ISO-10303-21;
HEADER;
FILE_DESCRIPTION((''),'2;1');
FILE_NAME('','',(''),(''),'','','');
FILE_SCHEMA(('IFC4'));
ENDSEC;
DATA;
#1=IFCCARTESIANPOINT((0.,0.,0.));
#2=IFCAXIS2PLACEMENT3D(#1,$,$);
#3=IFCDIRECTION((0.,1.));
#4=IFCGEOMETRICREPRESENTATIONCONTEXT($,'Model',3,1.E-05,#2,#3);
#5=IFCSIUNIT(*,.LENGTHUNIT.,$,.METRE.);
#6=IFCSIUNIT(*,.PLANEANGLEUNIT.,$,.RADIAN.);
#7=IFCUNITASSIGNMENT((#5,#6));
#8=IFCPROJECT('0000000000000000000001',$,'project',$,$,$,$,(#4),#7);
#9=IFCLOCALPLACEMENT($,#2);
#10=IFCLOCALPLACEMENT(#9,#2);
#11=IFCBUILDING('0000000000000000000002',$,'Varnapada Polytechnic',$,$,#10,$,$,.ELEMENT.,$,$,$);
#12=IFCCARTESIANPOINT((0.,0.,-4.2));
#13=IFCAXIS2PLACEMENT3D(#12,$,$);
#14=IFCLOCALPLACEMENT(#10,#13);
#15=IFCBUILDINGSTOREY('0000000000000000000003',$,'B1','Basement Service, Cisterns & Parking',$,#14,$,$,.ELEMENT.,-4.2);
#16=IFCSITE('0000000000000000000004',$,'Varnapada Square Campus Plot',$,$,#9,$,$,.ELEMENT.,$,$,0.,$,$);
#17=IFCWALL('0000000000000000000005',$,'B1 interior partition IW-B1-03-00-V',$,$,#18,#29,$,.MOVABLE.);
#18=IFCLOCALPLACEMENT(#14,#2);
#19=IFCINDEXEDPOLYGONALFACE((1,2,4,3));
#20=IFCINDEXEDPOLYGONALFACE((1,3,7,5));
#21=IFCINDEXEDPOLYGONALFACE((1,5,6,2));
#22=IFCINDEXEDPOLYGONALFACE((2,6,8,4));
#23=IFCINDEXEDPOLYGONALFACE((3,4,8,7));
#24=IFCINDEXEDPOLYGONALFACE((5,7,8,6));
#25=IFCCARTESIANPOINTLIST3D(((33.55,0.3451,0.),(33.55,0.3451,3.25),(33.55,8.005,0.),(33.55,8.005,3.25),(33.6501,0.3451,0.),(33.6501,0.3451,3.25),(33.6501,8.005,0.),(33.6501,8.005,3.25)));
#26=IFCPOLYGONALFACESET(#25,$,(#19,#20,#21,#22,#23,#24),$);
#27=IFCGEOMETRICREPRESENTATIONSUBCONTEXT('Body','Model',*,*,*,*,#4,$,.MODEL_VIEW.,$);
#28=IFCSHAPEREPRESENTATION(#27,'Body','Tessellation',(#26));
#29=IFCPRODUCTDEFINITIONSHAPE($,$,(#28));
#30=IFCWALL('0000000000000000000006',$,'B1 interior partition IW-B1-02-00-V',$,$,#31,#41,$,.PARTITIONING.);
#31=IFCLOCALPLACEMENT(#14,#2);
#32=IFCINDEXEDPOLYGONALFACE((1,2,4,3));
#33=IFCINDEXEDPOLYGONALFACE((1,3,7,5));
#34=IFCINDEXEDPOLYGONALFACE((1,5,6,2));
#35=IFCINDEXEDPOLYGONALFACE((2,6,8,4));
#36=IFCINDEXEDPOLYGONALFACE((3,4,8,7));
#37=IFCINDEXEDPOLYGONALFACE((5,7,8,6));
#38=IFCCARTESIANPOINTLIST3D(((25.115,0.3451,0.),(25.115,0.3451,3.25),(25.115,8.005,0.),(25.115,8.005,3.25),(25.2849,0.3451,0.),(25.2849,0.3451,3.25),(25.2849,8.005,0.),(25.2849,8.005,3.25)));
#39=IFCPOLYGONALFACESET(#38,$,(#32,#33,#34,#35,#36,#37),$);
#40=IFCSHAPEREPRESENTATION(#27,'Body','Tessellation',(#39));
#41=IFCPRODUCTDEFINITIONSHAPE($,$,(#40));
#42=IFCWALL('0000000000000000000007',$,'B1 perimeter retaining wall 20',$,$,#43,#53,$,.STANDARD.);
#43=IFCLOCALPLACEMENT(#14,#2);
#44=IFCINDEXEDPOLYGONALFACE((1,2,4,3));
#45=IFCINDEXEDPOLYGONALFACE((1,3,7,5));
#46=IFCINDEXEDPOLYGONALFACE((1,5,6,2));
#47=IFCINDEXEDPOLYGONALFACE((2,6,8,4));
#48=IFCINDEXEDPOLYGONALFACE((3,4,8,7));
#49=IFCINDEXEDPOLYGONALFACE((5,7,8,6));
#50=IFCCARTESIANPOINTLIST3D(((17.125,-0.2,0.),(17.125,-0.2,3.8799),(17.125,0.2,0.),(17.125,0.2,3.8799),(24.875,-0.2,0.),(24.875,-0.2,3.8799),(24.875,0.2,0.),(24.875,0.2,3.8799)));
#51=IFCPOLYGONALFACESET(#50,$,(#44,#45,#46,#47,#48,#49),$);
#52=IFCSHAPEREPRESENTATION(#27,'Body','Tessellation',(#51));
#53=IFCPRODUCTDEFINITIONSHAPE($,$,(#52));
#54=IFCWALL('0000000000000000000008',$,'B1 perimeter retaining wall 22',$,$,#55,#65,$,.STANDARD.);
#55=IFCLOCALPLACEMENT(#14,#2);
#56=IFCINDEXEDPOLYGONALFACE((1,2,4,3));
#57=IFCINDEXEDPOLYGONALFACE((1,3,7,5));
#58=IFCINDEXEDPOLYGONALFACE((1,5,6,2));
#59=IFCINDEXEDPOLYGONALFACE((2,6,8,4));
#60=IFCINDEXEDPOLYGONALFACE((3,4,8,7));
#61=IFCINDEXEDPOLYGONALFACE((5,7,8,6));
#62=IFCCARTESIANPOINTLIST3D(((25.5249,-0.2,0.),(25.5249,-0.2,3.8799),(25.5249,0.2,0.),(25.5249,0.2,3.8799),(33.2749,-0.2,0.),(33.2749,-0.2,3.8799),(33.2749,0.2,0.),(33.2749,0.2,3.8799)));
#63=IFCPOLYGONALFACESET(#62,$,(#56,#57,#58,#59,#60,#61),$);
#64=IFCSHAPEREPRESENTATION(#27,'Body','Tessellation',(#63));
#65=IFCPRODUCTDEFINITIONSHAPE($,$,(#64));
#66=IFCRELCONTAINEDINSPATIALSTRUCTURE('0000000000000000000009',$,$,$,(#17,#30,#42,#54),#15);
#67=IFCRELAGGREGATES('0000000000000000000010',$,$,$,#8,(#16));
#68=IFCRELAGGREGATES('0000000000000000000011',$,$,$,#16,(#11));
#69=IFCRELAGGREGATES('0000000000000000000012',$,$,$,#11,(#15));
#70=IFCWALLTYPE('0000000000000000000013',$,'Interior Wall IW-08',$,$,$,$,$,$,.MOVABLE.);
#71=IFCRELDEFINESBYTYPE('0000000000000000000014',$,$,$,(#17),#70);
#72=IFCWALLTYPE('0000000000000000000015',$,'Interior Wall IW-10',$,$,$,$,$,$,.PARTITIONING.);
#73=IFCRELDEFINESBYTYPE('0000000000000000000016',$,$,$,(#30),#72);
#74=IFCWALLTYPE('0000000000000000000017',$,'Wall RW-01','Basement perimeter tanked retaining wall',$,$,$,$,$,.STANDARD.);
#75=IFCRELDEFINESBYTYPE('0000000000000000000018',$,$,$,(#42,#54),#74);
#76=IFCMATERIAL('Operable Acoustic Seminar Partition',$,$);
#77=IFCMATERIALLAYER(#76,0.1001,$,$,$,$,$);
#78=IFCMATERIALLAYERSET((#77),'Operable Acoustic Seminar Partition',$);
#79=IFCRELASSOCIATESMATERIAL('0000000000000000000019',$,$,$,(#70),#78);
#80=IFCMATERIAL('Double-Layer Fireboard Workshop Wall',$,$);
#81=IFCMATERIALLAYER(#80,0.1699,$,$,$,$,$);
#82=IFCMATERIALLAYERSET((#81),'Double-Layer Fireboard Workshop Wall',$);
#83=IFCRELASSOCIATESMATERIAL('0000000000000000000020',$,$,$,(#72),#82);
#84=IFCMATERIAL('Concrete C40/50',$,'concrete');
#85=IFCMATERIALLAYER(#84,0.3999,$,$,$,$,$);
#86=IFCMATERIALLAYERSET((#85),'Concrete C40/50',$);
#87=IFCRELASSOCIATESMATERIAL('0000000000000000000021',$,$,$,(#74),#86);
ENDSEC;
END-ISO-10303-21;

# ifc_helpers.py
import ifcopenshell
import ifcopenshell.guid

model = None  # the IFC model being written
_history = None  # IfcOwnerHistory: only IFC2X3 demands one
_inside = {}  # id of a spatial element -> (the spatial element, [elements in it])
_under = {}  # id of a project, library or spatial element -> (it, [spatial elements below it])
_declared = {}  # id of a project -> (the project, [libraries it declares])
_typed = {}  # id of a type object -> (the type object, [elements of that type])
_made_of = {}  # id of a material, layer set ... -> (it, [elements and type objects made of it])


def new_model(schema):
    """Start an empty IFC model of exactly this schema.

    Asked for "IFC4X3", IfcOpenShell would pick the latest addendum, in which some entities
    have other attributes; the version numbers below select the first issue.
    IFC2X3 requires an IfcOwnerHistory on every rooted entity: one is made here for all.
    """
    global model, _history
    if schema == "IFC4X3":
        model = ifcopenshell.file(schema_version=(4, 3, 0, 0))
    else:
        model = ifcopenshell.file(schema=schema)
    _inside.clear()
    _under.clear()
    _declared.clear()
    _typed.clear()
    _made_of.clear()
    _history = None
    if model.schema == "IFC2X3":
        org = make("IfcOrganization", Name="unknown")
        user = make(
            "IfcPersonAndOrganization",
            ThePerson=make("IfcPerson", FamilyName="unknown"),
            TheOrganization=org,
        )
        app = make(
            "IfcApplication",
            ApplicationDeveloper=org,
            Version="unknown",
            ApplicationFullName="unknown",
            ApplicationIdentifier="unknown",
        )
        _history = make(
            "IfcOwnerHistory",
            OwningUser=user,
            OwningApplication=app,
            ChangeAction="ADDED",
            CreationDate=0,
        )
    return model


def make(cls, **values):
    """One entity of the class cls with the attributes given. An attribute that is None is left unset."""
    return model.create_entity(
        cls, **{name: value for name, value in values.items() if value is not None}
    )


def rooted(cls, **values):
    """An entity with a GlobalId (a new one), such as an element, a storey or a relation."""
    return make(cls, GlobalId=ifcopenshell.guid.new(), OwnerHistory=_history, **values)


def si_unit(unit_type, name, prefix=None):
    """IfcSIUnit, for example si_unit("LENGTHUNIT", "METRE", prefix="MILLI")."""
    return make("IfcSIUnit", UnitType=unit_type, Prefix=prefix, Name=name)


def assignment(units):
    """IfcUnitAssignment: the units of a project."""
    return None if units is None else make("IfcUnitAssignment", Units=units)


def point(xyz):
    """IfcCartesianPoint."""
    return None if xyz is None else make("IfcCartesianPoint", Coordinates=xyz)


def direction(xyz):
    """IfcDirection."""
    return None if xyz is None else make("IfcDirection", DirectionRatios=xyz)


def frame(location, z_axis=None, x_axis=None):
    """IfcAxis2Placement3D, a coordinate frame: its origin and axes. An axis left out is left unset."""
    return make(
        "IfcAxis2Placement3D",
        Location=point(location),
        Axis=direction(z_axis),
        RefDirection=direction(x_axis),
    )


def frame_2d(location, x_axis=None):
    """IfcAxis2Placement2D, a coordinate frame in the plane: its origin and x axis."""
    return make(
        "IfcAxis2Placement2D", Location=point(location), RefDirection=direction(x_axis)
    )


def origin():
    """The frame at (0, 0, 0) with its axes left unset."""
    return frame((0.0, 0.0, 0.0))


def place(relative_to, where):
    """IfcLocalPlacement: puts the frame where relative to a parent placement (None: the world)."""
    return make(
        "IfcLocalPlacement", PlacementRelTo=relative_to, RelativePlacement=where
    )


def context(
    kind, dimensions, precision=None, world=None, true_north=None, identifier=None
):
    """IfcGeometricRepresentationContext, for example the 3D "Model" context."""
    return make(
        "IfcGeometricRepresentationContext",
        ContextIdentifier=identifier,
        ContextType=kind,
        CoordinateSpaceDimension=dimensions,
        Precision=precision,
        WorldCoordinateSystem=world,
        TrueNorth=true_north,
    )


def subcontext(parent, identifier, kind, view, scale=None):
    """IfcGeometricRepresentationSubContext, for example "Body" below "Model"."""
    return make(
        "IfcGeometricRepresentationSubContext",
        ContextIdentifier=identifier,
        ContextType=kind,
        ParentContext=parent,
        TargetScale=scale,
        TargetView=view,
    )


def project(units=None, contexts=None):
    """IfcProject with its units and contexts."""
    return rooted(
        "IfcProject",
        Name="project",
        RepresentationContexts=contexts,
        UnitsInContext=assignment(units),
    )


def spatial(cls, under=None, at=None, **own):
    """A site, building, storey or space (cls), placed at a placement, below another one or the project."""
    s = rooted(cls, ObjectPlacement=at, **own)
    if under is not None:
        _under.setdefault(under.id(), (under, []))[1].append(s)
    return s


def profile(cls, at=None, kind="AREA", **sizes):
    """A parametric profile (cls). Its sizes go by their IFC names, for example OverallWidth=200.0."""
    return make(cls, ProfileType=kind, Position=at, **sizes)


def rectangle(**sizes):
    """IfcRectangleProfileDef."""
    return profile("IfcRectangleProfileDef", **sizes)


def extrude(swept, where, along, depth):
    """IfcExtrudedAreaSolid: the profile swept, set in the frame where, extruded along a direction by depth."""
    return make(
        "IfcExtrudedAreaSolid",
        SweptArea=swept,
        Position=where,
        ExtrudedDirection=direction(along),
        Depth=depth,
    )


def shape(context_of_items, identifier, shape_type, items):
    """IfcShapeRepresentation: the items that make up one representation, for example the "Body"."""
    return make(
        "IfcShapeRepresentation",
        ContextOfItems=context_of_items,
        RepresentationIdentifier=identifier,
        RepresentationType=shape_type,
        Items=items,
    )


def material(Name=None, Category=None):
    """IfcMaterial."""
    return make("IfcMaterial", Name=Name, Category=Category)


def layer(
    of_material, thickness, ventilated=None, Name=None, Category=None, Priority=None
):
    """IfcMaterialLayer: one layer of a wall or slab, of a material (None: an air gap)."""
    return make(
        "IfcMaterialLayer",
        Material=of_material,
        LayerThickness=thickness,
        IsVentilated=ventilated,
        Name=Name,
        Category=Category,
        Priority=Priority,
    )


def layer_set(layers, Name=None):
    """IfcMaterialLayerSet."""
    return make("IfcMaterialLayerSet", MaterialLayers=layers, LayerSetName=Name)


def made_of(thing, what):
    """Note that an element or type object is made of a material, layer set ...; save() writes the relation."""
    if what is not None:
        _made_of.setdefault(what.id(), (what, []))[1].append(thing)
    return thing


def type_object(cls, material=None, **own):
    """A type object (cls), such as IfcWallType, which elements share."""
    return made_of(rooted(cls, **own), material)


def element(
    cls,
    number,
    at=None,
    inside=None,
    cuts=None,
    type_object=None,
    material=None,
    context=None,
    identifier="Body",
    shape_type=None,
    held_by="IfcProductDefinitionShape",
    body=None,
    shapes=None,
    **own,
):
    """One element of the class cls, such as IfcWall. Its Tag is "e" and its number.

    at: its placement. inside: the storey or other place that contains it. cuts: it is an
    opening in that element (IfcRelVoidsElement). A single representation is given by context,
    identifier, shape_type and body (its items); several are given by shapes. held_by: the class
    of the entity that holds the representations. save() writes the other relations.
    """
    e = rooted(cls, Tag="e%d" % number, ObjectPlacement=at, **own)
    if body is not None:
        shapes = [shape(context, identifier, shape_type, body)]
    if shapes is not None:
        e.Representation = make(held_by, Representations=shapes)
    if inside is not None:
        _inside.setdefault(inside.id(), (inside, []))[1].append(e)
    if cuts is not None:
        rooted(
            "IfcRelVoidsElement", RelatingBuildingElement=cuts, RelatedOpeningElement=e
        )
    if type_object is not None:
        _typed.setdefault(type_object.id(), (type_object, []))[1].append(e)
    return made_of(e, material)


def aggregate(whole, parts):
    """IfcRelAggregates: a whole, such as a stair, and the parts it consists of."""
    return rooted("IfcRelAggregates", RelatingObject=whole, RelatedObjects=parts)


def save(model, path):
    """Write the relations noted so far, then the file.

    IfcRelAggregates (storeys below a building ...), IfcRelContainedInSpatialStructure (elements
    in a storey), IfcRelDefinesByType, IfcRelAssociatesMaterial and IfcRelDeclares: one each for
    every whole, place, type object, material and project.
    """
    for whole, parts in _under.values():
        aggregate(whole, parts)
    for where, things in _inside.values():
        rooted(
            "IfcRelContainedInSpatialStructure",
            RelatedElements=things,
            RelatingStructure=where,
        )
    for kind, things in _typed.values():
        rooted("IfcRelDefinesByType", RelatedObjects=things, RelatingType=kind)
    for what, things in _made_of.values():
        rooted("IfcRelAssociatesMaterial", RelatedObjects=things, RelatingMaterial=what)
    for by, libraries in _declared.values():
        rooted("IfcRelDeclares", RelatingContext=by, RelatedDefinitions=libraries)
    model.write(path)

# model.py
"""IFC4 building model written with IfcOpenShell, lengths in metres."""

from ifc_helpers import new_model, si_unit, direction, frame, frame_2d, origin, place, context, subcontext, project, spatial, rectangle, extrude, material, layer, layer_set, type_object, element, save


model = new_model("IFC4")

# Units and contexts
model_context = context("Model", 3, precision=1e-05, world=origin(), true_north=direction((0.0, 1.0)))
body_context = subcontext(model_context, "Body", "Model", "MODEL_VIEW")
ifc_project = project(units=[si_unit("LENGTHUNIT", "METRE"), si_unit("PLANEANGLEUNIT", "RADIAN")], contexts=[model_context])

# Site, building, storey
site_placement = place(None, origin())
site = spatial("IfcSite", under=ifc_project, at=site_placement, Name="Varnapada Square Campus Plot", CompositionType="ELEMENT", RefElevation=0.0)
building_placement = place(site_placement, origin())
building = spatial("IfcBuilding", under=site, at=building_placement, Name="Varnapada Polytechnic", CompositionType="ELEMENT")
storey_placement = place(building_placement, frame((0.0, 0.0, -4.2)))
storey = spatial("IfcBuildingStorey", under=building, at=storey_placement, Name="B1", Description="Basement Service, Cisterns & Parking", CompositionType="ELEMENT", Elevation=-4.2)

# Shared definitions
ifc_material_1 = material(Name="Concrete C40/50", Category="concrete")

# Walls
ifc_material_2 = material(Name="Operable Acoustic Seminar Partition")
ifc_layer_1 = layer(ifc_material_2, 0.1001)
ifc_layer_set_1 = layer_set([ifc_layer_1], Name="Operable Acoustic Seminar Partition")
wall_type_1 = type_object("IfcWallType", Name="Interior Wall IW-08", PredefinedType="MOVABLE", material=ifc_layer_set_1)
wall_1_placement = place(storey_placement, frame((33.6001, 0.345, 0.0), z_axis=(0.0, 0.0, 1.0), x_axis=(0.0, 1.0, 0.0)))
element("IfcWall", 1, at=wall_1_placement, inside=storey, type_object=wall_type_1, Name="B1 interior partition IW-B1-03-00-V", PredefinedType="MOVABLE", context=body_context, shape_type="SweptSolid", body=[
    extrude(rectangle(XDim=7.6599, YDim=0.1001, at=frame_2d((3.8301, 0.0))), origin(), (0.0, 0.0, 1.0), 3.25),
])
ifc_material_3 = material(Name="Double-Layer Fireboard Workshop Wall")
ifc_layer_2 = layer(ifc_material_3, 0.1699)
ifc_layer_set_2 = layer_set([ifc_layer_2], Name="Double-Layer Fireboard Workshop Wall")
wall_type_2 = type_object("IfcWallType", Name="Interior Wall IW-10", PredefinedType="PARTITIONING", material=ifc_layer_set_2)
wall_2_placement = place(storey_placement, frame((25.2, 0.345, 0.0), z_axis=(0.0, 0.0, 1.0), x_axis=(0.0, 1.0, 0.0)))
element("IfcWall", 2, at=wall_2_placement, inside=storey, type_object=wall_type_2, Name="B1 interior partition IW-B1-02-00-V", PredefinedType="PARTITIONING", context=body_context, shape_type="SweptSolid", body=[
    extrude(rectangle(XDim=7.6599, YDim=0.1699, at=frame_2d((3.8301, 0.0))), origin(), (0.0, 0.0, 1.0), 3.25),
])
ifc_layer_3 = layer(ifc_material_1, 0.3999)
ifc_layer_set_3 = layer_set([ifc_layer_3], Name="Concrete C40/50")
wall_type_3 = type_object("IfcWallType", Name="Wall RW-01", Description="Basement perimeter tanked retaining wall", PredefinedType="STANDARD", material=ifc_layer_set_3)
for number, where, z_axis, x_axis, name in (
    (3, (24.875, 0.0, 0.0), (0.0, 0.0, 1.0), (-1.0, 0.0, 0.0), "B1 perimeter retaining wall 20"),
    (4, (33.2749, 0.0, 0.0), (0.0, 0.0, 1.0), (-1.0, 0.0, 0.0), "B1 perimeter retaining wall 22"),
):
    element("IfcWall", number, at=place(storey_placement, frame(where, z_axis=z_axis, x_axis=x_axis)), inside=storey, type_object=wall_type_3, Name=name, PredefinedType="STANDARD", context=body_context, shape_type="SweptSolid", body=[
        extrude(rectangle(XDim=7.75, YDim=0.3999, at=frame_2d((3.875, 0.0))), origin(), (0.0, 0.0, 1.0), 3.8799),
    ])

save(model, "model.ifc")
